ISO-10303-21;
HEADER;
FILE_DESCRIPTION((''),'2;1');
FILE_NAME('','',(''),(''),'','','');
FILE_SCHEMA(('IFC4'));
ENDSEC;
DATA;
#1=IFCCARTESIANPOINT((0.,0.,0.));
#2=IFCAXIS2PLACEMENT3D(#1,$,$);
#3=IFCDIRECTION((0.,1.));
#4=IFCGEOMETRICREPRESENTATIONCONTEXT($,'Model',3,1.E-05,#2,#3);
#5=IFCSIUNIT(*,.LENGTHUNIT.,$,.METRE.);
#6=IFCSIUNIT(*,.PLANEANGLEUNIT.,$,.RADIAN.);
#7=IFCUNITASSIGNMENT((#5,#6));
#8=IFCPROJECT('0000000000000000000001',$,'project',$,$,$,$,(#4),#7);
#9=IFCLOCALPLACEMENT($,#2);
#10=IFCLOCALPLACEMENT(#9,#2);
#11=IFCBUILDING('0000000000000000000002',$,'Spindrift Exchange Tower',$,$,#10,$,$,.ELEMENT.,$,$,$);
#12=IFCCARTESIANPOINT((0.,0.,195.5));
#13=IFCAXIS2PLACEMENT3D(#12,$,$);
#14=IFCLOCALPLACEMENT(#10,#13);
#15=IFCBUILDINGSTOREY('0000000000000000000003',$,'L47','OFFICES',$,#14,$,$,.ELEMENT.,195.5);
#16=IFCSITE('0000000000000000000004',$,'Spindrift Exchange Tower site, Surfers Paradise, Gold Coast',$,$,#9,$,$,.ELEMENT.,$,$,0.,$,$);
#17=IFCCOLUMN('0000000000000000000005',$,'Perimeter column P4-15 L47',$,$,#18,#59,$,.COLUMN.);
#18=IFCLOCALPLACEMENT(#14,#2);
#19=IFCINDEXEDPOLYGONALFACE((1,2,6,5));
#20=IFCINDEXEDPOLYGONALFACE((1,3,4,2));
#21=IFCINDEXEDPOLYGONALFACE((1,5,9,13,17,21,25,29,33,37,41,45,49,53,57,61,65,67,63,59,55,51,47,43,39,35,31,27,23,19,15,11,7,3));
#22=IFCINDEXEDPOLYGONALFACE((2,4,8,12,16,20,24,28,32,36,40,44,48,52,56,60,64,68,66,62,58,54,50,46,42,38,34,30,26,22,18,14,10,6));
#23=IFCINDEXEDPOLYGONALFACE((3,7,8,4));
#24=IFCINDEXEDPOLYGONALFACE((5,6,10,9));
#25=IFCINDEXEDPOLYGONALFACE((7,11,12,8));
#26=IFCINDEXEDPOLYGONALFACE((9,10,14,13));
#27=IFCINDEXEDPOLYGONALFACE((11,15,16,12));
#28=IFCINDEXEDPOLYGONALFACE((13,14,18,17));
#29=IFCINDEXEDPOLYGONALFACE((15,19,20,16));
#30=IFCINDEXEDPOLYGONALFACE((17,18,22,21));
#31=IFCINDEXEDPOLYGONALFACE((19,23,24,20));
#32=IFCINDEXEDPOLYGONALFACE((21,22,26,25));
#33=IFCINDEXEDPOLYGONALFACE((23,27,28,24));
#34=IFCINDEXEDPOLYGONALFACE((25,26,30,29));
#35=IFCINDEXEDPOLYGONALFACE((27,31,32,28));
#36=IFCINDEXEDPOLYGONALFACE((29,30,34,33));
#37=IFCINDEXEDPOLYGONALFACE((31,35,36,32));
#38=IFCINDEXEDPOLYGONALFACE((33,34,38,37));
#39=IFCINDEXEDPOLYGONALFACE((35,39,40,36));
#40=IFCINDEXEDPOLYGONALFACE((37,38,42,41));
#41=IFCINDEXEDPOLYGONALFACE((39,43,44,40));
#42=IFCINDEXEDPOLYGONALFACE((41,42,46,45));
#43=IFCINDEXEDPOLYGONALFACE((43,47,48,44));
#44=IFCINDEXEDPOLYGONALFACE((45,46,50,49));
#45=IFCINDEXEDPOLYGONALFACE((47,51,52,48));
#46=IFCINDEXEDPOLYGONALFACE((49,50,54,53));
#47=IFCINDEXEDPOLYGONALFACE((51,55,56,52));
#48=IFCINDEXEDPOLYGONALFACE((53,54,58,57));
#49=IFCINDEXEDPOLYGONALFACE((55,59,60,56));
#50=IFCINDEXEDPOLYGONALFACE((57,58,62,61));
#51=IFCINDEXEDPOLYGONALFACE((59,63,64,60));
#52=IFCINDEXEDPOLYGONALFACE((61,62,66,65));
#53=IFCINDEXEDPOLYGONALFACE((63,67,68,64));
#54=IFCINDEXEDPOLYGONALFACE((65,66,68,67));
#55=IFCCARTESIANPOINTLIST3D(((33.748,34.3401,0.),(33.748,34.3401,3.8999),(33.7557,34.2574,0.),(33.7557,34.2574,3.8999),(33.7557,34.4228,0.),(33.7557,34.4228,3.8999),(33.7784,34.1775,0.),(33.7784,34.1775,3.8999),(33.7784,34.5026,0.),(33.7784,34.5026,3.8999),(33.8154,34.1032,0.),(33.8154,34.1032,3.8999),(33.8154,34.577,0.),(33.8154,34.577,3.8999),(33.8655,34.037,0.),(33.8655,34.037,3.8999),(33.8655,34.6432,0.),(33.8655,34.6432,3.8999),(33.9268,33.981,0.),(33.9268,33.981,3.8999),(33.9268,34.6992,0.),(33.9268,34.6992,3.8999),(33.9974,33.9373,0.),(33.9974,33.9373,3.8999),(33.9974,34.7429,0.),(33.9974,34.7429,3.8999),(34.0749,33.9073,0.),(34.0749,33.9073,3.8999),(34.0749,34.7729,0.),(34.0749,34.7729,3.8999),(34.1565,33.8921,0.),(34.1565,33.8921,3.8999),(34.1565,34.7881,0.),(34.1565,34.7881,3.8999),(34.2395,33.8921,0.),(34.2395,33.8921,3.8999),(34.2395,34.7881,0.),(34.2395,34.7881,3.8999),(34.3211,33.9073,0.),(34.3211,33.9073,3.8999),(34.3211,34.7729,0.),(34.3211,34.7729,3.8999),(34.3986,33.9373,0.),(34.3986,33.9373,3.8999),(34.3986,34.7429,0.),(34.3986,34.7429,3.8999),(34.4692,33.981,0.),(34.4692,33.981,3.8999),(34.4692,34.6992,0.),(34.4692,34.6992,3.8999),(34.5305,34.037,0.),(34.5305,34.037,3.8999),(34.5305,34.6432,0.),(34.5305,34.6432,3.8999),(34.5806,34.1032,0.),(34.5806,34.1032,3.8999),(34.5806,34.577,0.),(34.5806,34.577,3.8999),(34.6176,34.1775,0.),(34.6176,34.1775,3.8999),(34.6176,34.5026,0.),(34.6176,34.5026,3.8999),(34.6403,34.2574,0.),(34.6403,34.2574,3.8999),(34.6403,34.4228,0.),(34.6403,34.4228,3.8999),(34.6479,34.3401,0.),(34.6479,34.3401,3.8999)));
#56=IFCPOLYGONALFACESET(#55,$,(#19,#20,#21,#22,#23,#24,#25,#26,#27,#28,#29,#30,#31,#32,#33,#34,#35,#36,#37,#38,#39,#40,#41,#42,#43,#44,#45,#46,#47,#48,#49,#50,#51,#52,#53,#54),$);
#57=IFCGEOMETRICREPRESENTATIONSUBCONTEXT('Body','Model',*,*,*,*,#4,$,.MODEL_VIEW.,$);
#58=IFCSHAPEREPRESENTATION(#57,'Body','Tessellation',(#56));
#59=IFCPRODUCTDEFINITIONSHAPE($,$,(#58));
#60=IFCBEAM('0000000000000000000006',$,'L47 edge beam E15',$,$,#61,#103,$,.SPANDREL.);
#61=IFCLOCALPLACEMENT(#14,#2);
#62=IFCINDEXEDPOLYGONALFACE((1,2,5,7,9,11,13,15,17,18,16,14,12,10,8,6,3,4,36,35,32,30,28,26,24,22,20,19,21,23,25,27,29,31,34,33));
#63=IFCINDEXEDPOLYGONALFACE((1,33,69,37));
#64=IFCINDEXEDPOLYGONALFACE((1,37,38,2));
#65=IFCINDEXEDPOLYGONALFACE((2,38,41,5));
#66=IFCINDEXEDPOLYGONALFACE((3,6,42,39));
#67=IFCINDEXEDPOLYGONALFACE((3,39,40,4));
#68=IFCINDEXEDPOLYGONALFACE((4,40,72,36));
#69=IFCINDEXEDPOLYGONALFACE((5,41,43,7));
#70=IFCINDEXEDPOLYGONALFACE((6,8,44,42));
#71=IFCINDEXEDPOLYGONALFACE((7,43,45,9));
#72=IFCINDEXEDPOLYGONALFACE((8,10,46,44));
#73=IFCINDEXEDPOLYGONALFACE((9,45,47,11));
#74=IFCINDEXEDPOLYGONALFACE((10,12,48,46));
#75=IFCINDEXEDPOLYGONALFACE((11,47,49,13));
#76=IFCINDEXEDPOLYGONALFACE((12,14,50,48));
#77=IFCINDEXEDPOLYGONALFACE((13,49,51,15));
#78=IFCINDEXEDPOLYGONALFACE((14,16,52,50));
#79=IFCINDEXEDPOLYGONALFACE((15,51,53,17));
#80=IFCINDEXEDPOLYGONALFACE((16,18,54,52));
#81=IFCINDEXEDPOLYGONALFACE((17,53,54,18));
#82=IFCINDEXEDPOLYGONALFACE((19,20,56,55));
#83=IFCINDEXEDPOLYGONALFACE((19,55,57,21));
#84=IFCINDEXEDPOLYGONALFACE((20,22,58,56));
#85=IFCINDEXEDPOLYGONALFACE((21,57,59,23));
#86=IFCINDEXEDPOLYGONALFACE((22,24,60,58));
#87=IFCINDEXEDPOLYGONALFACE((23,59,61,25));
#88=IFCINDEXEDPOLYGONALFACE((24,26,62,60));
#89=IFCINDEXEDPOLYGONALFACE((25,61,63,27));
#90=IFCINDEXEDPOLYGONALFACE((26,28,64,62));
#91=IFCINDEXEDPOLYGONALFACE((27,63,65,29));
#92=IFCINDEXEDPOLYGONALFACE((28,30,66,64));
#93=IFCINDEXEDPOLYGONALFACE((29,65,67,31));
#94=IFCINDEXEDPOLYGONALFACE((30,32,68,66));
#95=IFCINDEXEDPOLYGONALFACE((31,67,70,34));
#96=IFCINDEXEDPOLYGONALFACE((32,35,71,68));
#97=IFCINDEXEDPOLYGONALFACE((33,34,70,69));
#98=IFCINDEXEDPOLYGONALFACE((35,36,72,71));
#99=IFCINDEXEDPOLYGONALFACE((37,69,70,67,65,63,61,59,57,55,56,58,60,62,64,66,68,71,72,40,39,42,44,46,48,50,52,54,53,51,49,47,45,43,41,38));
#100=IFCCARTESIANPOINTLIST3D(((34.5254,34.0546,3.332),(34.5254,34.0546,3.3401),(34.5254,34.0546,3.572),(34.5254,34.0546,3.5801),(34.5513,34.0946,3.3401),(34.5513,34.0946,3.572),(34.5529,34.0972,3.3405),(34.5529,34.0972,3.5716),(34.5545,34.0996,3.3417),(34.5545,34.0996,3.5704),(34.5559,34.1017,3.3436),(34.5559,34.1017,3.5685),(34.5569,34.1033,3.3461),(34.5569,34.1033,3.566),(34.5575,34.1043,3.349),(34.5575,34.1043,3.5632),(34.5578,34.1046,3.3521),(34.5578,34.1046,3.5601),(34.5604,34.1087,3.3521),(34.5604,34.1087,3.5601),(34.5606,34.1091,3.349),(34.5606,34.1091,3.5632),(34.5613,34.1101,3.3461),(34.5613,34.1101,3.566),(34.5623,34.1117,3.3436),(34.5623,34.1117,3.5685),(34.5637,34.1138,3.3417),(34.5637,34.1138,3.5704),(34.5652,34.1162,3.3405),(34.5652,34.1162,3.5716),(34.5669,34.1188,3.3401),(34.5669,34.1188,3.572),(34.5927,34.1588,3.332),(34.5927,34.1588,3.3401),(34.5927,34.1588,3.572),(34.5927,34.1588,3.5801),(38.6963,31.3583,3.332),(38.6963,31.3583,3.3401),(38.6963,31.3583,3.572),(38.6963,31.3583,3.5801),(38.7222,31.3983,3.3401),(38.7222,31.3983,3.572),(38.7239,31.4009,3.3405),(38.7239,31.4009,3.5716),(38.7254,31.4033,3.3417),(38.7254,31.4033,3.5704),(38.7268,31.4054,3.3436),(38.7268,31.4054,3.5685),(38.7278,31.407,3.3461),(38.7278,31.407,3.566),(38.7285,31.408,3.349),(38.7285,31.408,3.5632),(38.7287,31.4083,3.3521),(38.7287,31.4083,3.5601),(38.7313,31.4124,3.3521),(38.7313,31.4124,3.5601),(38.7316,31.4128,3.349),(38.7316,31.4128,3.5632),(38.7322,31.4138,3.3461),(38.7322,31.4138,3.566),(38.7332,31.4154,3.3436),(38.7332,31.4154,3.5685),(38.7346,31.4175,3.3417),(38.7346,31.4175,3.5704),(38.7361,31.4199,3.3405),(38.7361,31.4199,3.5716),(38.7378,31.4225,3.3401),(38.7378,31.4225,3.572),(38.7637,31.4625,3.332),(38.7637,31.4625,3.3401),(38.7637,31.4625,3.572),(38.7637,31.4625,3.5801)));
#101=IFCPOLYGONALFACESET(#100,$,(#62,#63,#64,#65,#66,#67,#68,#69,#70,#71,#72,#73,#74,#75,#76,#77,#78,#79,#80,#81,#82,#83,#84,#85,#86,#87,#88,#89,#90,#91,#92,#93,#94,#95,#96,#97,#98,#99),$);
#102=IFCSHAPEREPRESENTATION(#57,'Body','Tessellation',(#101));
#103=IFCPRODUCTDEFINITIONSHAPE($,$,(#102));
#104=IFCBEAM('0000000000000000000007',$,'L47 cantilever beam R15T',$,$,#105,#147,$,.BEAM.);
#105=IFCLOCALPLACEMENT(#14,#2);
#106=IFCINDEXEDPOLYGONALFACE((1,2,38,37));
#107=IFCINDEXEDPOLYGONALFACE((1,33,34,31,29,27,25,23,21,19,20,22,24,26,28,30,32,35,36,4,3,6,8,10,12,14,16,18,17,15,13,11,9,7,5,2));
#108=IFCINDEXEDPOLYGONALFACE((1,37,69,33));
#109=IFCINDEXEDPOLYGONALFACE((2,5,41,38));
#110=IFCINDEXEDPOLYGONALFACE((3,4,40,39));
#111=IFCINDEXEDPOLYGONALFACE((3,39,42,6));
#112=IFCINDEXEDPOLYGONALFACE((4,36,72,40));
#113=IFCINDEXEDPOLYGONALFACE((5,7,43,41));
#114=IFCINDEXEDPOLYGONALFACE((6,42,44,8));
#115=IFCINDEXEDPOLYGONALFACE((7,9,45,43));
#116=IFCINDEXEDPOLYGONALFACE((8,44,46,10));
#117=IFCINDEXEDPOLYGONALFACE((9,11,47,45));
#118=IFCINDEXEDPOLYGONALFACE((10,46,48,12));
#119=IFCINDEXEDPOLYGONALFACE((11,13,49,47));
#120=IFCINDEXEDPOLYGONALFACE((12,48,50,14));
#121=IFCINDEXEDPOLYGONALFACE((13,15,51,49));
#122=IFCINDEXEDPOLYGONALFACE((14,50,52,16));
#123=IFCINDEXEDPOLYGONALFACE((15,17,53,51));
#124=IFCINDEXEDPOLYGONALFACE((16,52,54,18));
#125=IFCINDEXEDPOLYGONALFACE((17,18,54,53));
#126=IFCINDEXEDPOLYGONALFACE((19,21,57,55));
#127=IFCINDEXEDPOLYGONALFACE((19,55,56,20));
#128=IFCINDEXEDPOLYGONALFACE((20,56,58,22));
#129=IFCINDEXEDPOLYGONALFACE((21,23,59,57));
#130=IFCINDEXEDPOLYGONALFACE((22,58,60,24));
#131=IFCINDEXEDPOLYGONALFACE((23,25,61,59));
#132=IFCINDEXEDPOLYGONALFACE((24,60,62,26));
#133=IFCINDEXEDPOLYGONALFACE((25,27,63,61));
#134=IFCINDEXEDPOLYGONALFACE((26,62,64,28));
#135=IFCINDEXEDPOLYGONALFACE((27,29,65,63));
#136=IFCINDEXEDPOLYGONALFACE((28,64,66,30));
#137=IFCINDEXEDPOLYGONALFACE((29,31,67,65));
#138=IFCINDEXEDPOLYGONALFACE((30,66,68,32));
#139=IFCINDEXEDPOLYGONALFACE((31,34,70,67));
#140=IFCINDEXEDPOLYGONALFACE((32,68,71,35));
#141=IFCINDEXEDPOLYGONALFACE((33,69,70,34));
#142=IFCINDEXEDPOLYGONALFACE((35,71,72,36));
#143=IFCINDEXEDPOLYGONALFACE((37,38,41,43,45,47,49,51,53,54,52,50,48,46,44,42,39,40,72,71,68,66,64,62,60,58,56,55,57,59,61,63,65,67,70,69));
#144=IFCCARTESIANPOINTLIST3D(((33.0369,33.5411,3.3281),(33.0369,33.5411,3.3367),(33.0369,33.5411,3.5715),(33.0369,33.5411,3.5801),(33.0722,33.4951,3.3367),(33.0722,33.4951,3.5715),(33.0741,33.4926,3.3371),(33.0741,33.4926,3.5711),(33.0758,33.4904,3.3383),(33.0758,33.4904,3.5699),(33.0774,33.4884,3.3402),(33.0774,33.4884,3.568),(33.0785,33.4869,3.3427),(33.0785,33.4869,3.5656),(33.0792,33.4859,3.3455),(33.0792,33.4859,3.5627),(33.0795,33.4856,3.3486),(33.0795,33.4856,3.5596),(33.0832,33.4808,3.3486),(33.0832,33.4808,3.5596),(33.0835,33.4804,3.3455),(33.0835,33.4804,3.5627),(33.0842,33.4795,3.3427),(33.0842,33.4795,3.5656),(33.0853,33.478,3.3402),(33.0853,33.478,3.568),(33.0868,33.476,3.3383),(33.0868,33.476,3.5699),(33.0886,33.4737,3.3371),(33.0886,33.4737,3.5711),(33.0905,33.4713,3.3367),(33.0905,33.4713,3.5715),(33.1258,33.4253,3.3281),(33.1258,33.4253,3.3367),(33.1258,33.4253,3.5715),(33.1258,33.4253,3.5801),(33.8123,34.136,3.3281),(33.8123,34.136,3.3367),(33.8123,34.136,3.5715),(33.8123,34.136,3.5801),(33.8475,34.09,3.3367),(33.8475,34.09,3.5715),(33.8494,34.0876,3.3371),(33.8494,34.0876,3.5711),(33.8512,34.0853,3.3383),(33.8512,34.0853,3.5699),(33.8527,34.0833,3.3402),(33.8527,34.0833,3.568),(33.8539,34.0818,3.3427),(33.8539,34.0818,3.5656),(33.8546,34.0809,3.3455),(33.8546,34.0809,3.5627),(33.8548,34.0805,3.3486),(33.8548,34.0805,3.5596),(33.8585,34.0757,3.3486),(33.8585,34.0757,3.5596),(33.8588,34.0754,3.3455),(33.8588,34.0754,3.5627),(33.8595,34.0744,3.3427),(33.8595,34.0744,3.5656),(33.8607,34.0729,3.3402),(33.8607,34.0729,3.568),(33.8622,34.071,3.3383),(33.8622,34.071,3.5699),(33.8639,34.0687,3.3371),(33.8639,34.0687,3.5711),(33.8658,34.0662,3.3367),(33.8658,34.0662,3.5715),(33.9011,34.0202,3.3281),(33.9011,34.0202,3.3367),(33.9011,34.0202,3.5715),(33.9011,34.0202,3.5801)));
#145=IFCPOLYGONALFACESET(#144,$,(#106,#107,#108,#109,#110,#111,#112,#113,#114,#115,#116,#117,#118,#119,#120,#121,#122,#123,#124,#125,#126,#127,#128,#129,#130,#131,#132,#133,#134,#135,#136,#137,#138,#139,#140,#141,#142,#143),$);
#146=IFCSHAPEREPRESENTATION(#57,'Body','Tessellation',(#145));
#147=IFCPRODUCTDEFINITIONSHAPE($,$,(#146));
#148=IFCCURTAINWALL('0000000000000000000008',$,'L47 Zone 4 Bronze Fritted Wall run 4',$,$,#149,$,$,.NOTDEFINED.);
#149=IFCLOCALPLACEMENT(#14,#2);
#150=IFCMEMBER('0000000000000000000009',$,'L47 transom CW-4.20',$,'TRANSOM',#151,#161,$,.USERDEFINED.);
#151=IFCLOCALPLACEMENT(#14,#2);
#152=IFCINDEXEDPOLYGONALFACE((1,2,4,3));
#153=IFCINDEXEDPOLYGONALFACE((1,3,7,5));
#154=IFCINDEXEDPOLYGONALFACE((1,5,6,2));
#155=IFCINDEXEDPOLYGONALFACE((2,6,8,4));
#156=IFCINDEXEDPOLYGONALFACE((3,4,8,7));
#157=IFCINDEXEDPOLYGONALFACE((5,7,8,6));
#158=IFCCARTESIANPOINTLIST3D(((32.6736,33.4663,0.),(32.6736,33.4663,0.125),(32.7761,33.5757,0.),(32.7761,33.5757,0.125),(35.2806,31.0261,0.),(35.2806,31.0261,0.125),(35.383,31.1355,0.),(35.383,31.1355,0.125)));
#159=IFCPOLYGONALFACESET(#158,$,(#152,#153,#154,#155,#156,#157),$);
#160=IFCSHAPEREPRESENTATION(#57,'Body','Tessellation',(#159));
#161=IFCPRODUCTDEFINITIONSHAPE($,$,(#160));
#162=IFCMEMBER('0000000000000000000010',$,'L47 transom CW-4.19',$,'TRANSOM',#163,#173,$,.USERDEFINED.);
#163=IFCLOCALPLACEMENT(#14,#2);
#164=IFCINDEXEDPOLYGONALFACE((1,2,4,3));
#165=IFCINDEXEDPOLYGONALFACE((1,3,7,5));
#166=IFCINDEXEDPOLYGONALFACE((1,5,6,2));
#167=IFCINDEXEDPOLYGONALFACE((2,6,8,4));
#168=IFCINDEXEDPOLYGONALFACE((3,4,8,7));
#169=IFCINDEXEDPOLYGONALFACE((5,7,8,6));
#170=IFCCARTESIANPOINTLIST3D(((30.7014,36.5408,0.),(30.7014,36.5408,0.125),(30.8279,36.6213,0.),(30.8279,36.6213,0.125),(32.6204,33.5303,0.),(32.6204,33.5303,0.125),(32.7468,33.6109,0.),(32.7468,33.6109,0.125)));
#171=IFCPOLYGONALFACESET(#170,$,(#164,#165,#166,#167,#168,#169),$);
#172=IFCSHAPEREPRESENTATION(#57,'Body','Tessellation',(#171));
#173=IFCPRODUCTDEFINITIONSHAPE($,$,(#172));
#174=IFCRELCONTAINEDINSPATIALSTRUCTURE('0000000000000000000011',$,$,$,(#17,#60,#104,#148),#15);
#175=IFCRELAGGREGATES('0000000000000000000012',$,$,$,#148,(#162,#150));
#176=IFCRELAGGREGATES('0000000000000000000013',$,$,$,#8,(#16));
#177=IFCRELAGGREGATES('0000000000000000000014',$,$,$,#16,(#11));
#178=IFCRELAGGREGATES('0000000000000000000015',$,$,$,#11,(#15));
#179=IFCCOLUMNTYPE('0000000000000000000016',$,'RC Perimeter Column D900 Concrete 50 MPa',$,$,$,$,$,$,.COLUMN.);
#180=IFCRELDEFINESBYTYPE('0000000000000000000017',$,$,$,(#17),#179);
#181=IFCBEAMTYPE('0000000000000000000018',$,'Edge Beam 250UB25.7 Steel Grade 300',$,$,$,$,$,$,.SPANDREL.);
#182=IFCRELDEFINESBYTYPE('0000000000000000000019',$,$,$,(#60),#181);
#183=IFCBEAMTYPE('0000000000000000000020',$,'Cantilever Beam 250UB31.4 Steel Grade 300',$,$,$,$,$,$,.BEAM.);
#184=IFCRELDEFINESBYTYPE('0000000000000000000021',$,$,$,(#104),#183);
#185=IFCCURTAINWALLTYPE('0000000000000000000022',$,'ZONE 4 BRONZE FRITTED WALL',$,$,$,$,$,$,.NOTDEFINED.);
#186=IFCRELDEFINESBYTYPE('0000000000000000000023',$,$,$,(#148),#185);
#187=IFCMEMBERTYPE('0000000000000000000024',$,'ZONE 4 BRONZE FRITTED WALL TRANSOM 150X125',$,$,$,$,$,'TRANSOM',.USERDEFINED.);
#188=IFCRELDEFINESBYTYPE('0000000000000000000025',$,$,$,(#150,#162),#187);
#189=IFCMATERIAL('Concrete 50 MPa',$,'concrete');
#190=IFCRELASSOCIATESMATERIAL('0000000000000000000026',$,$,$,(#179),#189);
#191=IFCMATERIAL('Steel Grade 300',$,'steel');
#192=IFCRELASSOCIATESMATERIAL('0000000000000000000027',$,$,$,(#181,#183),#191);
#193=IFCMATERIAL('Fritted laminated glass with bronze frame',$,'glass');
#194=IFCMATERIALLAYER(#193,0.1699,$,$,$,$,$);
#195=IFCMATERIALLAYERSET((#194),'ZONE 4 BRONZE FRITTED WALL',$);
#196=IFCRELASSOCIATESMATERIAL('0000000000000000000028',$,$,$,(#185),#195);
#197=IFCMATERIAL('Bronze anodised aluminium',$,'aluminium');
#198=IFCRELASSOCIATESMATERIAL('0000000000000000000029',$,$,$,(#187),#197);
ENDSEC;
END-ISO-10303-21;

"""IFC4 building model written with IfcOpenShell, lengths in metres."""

from ifc_helpers import new_model, si_unit, direction, frame, origin, origin_2d, place, context, subcontext, project, spatial, rectangle, circle, i_section, extrude, source, transform, mapped, material, layer, layer_set, material_profile, profile_set, type_object, element, aggregate, save


model = new_model("IFC4")

# Units and contexts
model_context = context("Model", 3, precision=1e-05, world=origin(), true_north=direction((0.0, 1.0)))
body_context = subcontext(model_context, "Body", "Model", "MODEL_VIEW")
ifc_project = project(units=[si_unit("LENGTHUNIT", "METRE"), si_unit("PLANEANGLEUNIT", "RADIAN")], contexts=[model_context])

# Site, building, storey
site_placement = place(None, origin())
site = spatial("IfcSite", under=ifc_project, at=site_placement, Name="Spindrift Exchange Tower site, Surfers Paradise, Gold Coast", CompositionType="ELEMENT", RefElevation=0.0)
building_placement = place(site_placement, origin())
building = spatial("IfcBuilding", under=site, at=building_placement, Name="Spindrift Exchange Tower", CompositionType="ELEMENT")
storey_placement = place(building_placement, frame((0.0, 0.0, 195.5)))
storey = spatial("IfcBuildingStorey", under=building, at=storey_placement, Name="L47", Description="OFFICES", CompositionType="ELEMENT", Elevation=195.5)

# Column
ifc_material_1 = material(Name="Concrete 50 MPa", Category="concrete")
ifc_material_profile_1 = material_profile(ifc_material_1, circle(Radius=0.45, at=origin_2d()), Name="RC D900")
ifc_profile_set_1 = profile_set([ifc_material_profile_1], Name="Concrete 50 MPa")
column_type = type_object("IfcColumnType", Name="RC Perimeter Column D900 Concrete 50 MPa", PredefinedType="COLUMN", material=ifc_profile_set_1)
shared_shape_1 = source(origin(), body_context, "Body", "SweptSolid", [
    extrude(circle(Radius=0.45, at=origin_2d()), origin(), (0.0, 0.0, 1.0), 3.8999),
])
column_placement = place(storey_placement, frame((34.198, 34.3401, 0.0), z_axis=(0.0, 0.0, 1.0), x_axis=(1.0, 0.0, 0.0)))
element("IfcColumn", 1, at=column_placement, inside=storey, type_object=column_type, Name="Perimeter column P4-15 L47", PredefinedType="COLUMN", context=body_context, shape_type="MappedRepresentation", body=[
    mapped(shared_shape_1, transform((0.0, 0.0, 0.0), scale=1.0)),
])

# Beams
ifc_material_2 = material(Name="Steel Grade 300", Category="steel")
ifc_material_profile_2 = material_profile(ifc_material_2, i_section(OverallWidth=0.124, OverallDepth=0.248, WebThickness=0.0049, FlangeThickness=0.0081, FilletRadius=0.012, at=origin_2d()), Name="250UB25.7")
ifc_profile_set_2 = profile_set([ifc_material_profile_2], Name="Steel Grade 300")
beam_type_1 = type_object("IfcBeamType", Name="Edge Beam 250UB25.7 Steel Grade 300", PredefinedType="SPANDREL", material=ifc_profile_set_2)
shared_shape_2 = source(origin(), body_context, "Body", "SweptSolid", [
    extrude(i_section(OverallWidth=0.124, OverallDepth=0.248, WebThickness=0.0049, FlangeThickness=0.0081, FilletRadius=0.012, at=origin_2d()), origin(), (0.0, 0.0, 1.0), 4.9666),
])
beam_1_placement = place(storey_placement, frame((34.5591, 34.1067, 3.4561), z_axis=(0.839802, -0.542893, 0.0), x_axis=(0.542893, 0.839802, 0.0)))
element("IfcBeam", 2, at=beam_1_placement, inside=storey, type_object=beam_type_1, Name="L47 edge beam E15", PredefinedType="SPANDREL", context=body_context, shape_type="MappedRepresentation", body=[
    mapped(shared_shape_2, transform((0.0, 0.0, 0.0), scale=1.0)),
])
ifc_material_profile_3 = material_profile(ifc_material_2, i_section(OverallWidth=0.146, OverallDepth=0.252, WebThickness=0.0061, FlangeThickness=0.0085, FilletRadius=0.012, at=origin_2d()), Name="250UB31.4")
ifc_profile_set_3 = profile_set([ifc_material_profile_3], Name="Steel Grade 300")
beam_type_2 = type_object("IfcBeamType", Name="Cantilever Beam 250UB31.4 Steel Grade 300", PredefinedType="BEAM", material=ifc_profile_set_3)
shared_shape_3 = source(origin(), body_context, "Body", "SweptSolid", [
    extrude(i_section(OverallWidth=0.146, OverallDepth=0.252, WebThickness=0.0061, FlangeThickness=0.0085, FilletRadius=0.012, at=origin_2d()), origin(), (0.0, 0.0, 1.0), 0.9773),
])
beam_2_placement = place(storey_placement, frame((33.8567, 34.0781, 3.4541), z_axis=(-0.793357, -0.608757, 0.0), x_axis=(0.608757, -0.793357, 0.0)))
element("IfcBeam", 3, at=beam_2_placement, inside=storey, type_object=beam_type_2, Name="L47 cantilever beam R15T", PredefinedType="BEAM", context=body_context, shape_type="MappedRepresentation", body=[
    mapped(shared_shape_3, transform((0.0, 0.0, 0.0), scale=1.0)),
])

# Curtain wall, members
ifc_material_3 = material(Name="Fritted laminated glass with bronze frame", Category="glass")
ifc_layer_1 = layer(ifc_material_3, 0.1699)
ifc_layer_set_1 = layer_set([ifc_layer_1], Name="ZONE 4 BRONZE FRITTED WALL")
curtain_wall_type = type_object("IfcCurtainWallType", Name="ZONE 4 BRONZE FRITTED WALL", PredefinedType="NOTDEFINED", material=ifc_layer_set_1)
curtain_wall_placement = place(storey_placement, origin())
curtain_wall = element("IfcCurtainWall", 4, at=curtain_wall_placement, inside=storey, type_object=curtain_wall_type, Name="L47 Zone 4 Bronze Fritted Wall run 4", PredefinedType="NOTDEFINED")
ifc_material_4 = material(Name="Bronze anodised aluminium", Category="aluminium")
ifc_material_profile_4 = material_profile(ifc_material_4, rectangle(XDim=0.1499, YDim=0.125, at=origin_2d()), Name="ZONE 4 BRONZE FRITTED WALL TRANSOM 150X125")
ifc_profile_set_4 = profile_set([ifc_material_profile_4], Name="Bronze anodised aluminium")
member_type_1 = type_object("IfcMemberType", Name="ZONE 4 BRONZE FRITTED WALL TRANSOM 150X125", ElementType="TRANSOM", PredefinedType="USERDEFINED", material=ifc_profile_set_4)
shared_shape_4 = source(origin(), body_context, "Body", "SweptSolid", [
    extrude(rectangle(XDim=0.1499, YDim=0.125, at=origin_2d()), origin(), (0.0, 0.0, 1.0), 3.5708),
])
member_1_placement = place(storey_placement, frame((32.7249, 33.521, 0.0625), z_axis=(0.73007, -0.683372, 0.0), x_axis=(0.683372, 0.73007, 0.0)))
member_1 = element("IfcMember", 5, at=member_1_placement, type_object=member_type_1, Name="L47 transom CW-4.20", ObjectType="TRANSOM", PredefinedType="USERDEFINED", context=body_context, shape_type="MappedRepresentation", body=[
    mapped(shared_shape_4, transform((0.0, 0.0, 0.0), scale=1.0)),
])
shared_shape_5 = source(origin(), body_context, "Body", "SweptSolid", [
    extrude(rectangle(XDim=0.1499, YDim=0.125, at=origin_2d()), origin(), (0.0, 0.0, 1.0), 3.5701),
])
member_2_placement = place(storey_placement, frame((30.7646, 36.5811, 0.0625), z_axis=(0.537508, -0.843259, 0.0), x_axis=(0.843259, 0.537508, 0.0)))
member_2 = element("IfcMember", 6, at=member_2_placement, type_object=member_type_1, Name="L47 transom CW-4.19", ObjectType="TRANSOM", PredefinedType="USERDEFINED", context=body_context, shape_type="MappedRepresentation", body=[
    mapped(shared_shape_5, transform((0.0, 0.0, 0.0), scale=1.0)),
])

aggregate(curtain_wall, [member_2, member_1])

save(model, "model.ifc")
